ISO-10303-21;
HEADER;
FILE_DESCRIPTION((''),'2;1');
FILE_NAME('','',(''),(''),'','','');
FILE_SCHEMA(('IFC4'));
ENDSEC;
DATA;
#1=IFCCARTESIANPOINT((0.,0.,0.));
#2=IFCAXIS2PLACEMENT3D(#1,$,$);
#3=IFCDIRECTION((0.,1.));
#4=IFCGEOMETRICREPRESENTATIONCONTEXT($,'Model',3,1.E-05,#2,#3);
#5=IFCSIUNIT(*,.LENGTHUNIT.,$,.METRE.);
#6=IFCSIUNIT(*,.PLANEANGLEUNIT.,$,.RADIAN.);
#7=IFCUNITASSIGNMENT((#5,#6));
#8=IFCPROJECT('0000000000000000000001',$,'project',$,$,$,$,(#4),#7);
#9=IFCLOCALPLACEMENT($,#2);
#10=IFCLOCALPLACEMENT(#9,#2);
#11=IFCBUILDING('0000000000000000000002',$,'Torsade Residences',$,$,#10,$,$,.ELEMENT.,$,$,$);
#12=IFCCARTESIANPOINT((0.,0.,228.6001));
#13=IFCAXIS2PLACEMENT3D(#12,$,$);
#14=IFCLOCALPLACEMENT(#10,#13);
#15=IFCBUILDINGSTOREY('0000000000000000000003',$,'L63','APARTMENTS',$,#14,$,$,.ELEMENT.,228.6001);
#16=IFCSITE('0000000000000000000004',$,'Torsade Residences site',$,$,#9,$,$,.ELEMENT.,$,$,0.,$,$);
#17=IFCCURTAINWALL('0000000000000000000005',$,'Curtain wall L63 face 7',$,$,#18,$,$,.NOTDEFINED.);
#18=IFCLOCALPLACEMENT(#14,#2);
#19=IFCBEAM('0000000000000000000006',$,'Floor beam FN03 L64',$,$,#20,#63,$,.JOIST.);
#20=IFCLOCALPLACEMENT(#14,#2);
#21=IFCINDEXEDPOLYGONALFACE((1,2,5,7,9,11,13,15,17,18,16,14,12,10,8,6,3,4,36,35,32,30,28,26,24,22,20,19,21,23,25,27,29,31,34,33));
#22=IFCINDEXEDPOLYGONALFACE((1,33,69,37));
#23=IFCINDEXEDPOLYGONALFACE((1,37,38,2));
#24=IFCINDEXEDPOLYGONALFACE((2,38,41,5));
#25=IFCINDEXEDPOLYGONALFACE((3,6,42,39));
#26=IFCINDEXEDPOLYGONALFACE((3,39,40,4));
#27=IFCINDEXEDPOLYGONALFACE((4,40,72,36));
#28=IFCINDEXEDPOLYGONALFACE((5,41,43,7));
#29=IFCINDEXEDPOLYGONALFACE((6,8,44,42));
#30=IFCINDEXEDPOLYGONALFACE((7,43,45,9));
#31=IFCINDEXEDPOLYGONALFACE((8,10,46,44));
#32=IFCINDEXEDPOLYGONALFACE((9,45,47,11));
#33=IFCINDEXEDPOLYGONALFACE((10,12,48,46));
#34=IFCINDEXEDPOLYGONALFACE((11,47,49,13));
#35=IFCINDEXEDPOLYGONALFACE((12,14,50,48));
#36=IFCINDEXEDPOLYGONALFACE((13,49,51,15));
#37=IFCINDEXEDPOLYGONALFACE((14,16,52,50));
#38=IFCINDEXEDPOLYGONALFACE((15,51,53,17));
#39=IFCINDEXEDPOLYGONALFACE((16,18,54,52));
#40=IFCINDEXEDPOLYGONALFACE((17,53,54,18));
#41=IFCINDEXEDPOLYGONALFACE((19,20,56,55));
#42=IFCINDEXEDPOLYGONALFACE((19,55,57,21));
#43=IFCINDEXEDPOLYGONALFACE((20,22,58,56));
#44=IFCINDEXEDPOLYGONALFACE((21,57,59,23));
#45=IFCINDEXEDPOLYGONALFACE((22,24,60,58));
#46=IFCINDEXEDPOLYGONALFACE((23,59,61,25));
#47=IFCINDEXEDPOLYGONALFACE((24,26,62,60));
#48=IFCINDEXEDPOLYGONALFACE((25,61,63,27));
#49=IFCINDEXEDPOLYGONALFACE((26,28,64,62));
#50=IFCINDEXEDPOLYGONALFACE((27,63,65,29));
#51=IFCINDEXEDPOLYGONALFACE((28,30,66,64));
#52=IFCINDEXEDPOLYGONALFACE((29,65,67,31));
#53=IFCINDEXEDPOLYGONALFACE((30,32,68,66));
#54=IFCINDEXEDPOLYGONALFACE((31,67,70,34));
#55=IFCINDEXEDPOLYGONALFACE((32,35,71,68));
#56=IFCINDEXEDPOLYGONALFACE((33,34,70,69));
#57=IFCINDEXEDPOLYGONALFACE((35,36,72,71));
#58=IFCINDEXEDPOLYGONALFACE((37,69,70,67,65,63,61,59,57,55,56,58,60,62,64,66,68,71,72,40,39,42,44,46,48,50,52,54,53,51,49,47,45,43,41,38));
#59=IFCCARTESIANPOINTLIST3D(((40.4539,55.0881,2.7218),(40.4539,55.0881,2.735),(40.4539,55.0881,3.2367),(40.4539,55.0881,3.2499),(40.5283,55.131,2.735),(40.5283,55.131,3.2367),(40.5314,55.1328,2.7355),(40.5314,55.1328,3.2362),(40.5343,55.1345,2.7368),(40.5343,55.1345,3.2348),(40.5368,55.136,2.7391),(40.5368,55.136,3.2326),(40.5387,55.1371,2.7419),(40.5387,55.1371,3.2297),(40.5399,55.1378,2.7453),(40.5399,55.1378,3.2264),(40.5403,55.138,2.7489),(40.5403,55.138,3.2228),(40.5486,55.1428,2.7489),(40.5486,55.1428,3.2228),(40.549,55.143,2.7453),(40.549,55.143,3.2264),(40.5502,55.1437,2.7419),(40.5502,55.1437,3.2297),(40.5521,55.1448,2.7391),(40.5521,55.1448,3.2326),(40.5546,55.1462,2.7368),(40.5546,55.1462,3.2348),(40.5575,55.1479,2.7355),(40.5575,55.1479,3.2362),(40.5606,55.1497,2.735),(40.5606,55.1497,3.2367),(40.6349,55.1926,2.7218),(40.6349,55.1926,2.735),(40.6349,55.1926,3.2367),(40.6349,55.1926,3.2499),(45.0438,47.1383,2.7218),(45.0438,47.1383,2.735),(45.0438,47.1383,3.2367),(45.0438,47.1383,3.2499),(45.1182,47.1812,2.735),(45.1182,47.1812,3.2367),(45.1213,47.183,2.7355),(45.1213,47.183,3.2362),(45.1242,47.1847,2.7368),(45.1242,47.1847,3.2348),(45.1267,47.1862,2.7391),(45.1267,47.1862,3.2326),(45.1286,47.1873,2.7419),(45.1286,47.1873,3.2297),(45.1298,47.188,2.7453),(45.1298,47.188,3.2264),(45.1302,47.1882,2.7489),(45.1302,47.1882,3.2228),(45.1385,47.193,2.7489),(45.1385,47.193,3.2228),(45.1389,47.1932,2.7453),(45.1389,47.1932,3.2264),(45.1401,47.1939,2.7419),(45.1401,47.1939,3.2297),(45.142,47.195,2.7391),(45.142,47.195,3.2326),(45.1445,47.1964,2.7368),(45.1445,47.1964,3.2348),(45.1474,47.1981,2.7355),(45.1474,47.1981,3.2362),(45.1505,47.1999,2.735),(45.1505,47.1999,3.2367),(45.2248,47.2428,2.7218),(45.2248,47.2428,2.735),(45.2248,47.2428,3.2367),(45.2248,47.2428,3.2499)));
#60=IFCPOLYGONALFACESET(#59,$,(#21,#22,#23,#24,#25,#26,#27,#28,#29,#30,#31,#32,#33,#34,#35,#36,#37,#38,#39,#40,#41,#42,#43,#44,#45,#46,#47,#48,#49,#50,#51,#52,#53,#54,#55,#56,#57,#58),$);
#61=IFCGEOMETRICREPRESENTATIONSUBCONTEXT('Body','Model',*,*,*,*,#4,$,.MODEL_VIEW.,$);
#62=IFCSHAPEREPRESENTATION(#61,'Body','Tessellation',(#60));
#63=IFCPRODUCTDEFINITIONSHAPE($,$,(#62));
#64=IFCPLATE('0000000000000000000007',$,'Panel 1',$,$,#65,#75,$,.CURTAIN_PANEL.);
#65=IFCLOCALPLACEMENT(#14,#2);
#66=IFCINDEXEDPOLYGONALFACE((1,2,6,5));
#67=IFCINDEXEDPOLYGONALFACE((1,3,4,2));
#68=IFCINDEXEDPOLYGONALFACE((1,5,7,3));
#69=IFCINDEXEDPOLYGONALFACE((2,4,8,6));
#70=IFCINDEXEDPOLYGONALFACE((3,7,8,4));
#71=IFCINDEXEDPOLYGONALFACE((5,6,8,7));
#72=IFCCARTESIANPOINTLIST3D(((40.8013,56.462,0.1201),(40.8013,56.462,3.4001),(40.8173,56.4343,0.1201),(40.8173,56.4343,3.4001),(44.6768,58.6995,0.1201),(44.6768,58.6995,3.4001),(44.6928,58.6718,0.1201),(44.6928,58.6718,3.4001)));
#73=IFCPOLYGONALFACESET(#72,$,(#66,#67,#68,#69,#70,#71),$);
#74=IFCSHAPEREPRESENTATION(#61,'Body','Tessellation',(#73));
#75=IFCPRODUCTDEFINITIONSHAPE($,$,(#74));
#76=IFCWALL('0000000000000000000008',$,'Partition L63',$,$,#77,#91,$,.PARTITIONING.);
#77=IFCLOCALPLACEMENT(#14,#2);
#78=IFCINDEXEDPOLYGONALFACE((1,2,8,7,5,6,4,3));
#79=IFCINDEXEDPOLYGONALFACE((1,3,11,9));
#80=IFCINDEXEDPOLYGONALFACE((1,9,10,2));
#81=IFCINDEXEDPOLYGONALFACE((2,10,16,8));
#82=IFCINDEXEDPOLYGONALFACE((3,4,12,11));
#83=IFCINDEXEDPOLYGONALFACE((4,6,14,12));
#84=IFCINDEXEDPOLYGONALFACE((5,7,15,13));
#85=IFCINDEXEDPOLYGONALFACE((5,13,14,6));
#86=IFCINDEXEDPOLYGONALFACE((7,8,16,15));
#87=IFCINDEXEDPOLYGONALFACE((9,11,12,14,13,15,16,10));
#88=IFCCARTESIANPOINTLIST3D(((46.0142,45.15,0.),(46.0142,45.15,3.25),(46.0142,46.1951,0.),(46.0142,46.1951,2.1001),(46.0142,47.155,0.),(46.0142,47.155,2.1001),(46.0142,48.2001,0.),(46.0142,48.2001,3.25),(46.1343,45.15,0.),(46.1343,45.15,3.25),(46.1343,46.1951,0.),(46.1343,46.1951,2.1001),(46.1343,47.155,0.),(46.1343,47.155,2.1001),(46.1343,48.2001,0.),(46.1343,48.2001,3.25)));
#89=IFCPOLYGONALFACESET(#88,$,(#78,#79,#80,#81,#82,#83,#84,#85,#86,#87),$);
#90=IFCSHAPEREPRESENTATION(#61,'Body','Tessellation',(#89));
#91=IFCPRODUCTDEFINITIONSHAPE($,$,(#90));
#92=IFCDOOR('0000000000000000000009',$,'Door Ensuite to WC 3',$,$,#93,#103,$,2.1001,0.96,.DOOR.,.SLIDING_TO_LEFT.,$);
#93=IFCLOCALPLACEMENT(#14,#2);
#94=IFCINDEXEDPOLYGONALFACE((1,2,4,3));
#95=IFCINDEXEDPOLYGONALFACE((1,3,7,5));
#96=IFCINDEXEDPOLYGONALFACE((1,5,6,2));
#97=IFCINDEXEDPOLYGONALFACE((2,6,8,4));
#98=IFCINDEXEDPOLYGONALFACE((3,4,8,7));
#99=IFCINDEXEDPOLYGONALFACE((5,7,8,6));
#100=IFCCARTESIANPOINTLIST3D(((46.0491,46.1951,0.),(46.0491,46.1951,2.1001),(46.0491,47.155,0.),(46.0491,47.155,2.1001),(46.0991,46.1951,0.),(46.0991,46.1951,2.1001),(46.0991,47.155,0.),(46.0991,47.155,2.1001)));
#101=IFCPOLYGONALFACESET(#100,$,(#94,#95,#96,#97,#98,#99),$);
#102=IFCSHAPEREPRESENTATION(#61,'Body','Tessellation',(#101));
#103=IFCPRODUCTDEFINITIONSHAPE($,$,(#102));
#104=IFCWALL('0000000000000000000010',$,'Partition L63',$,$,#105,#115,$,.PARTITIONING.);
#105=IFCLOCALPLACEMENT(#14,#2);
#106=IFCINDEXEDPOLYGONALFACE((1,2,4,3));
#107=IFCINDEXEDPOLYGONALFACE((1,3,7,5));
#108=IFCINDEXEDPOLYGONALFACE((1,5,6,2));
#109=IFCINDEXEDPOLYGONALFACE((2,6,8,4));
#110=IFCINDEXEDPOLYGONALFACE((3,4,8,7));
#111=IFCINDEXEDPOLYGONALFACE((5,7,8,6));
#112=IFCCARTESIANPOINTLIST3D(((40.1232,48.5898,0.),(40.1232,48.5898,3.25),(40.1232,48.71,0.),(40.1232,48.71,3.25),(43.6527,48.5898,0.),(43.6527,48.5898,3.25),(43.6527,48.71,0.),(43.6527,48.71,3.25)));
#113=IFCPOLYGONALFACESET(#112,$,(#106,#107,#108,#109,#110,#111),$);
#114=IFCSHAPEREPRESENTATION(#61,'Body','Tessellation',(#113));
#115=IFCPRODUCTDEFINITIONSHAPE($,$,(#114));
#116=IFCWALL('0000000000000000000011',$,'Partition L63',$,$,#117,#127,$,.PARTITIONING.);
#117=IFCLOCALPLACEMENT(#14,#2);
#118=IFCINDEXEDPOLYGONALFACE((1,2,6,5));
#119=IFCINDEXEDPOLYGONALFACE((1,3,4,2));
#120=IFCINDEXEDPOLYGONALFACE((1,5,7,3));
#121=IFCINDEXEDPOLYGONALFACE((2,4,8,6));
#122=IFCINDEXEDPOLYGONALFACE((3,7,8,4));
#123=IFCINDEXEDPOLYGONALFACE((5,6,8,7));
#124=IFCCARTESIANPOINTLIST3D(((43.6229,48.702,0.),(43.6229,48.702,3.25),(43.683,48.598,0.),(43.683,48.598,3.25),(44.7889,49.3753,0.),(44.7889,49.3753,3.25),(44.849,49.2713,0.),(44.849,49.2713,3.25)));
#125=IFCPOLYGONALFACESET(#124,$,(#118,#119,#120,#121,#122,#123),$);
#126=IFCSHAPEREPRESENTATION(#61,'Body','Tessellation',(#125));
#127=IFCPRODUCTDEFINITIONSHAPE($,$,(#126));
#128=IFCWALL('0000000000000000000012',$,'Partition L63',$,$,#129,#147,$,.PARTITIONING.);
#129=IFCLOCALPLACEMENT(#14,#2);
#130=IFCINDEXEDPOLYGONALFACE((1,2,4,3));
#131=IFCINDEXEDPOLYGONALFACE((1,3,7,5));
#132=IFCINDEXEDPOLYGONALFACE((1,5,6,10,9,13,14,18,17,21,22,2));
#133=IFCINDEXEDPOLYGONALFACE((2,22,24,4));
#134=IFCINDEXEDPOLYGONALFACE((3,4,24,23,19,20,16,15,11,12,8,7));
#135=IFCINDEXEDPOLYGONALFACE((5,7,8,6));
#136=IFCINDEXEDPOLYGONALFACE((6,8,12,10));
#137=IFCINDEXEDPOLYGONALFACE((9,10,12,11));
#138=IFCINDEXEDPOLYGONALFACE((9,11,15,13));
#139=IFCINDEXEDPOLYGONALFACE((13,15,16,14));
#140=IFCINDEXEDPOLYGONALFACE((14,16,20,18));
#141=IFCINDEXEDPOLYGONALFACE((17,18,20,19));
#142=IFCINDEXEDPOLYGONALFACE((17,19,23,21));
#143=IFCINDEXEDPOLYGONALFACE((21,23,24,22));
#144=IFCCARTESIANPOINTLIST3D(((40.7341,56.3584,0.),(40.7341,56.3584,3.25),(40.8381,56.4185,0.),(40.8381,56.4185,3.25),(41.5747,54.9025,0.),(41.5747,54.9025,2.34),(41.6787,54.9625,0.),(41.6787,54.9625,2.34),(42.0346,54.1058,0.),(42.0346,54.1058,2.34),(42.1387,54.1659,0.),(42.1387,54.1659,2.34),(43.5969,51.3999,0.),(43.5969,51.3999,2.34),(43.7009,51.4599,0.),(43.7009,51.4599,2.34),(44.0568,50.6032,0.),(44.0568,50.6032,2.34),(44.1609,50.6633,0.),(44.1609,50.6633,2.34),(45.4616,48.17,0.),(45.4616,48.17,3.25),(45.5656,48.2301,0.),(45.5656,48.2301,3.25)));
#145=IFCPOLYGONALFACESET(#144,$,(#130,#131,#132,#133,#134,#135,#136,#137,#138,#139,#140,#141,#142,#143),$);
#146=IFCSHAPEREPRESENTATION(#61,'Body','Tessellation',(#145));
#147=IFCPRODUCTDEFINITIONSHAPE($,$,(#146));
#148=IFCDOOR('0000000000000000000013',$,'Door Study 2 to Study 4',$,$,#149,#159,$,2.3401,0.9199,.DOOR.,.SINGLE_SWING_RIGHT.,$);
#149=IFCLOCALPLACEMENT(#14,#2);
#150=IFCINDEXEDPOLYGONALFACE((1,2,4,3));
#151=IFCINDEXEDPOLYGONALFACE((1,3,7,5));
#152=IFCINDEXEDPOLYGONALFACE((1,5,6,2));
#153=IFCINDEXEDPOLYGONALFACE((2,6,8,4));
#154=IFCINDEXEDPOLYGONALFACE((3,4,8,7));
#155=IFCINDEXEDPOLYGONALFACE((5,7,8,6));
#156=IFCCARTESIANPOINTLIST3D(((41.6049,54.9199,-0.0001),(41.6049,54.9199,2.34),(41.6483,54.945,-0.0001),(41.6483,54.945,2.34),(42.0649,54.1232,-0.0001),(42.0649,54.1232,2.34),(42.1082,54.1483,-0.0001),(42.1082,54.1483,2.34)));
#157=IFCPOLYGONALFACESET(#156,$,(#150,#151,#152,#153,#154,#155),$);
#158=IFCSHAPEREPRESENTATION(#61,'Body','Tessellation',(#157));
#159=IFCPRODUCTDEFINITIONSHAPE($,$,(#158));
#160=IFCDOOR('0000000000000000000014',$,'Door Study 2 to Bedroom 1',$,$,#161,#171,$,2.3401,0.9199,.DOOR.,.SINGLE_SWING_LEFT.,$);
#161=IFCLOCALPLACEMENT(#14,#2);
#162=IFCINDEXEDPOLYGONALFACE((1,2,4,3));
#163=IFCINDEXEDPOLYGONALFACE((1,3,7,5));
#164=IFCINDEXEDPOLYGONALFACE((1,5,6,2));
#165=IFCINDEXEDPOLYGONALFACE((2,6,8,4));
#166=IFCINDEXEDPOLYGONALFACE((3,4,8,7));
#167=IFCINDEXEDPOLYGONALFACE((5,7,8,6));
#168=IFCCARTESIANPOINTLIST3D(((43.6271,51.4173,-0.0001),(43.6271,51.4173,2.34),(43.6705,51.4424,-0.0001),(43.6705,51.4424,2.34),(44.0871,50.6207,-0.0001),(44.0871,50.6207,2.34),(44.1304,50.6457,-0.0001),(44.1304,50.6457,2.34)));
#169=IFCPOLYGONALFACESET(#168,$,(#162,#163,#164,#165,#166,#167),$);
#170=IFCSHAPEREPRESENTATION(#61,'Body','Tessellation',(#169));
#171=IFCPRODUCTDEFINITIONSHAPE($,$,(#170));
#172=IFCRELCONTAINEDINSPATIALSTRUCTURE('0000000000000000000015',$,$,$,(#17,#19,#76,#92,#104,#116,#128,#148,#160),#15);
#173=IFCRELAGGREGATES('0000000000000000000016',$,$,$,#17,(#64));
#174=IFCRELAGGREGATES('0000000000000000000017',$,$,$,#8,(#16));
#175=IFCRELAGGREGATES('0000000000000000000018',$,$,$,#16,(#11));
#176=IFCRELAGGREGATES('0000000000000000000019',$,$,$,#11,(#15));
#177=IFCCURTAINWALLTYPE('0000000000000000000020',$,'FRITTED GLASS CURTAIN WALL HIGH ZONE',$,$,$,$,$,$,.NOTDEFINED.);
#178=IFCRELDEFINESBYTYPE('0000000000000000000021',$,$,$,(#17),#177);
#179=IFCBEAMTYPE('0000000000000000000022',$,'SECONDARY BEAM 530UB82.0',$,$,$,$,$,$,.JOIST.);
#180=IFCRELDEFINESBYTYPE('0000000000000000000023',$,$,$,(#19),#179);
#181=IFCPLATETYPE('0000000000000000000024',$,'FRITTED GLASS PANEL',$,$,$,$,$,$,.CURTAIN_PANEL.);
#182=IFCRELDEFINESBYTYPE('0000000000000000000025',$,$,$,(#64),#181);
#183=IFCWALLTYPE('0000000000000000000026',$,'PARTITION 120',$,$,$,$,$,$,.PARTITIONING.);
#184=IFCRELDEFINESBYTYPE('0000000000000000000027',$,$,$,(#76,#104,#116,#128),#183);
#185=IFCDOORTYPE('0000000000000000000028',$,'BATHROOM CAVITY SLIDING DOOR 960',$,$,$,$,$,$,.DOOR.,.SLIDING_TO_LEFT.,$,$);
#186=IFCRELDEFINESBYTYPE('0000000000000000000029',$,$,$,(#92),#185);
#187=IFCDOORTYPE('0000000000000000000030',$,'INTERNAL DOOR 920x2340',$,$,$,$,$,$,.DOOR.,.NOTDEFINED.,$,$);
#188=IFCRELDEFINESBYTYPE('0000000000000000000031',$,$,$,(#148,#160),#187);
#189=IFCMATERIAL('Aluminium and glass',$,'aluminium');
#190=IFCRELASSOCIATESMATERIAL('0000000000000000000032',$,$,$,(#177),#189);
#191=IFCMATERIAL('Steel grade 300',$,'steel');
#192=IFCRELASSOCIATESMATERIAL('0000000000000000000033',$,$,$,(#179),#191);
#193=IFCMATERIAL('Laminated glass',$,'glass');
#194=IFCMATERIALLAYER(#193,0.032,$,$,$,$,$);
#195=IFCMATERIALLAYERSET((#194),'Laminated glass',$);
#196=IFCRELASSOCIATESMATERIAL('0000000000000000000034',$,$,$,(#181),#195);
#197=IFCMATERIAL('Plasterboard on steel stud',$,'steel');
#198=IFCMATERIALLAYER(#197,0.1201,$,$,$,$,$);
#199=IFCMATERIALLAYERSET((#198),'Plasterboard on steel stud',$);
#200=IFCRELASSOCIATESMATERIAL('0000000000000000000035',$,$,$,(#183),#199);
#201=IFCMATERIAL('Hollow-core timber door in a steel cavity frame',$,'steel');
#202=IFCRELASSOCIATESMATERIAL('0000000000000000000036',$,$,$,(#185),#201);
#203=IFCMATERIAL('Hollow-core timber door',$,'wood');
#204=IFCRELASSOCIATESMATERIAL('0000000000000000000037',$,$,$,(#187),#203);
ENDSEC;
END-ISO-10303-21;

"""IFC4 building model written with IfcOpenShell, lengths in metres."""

from ifc_helpers import new_model, si_unit, direction, frame, frame_2d, origin, origin_2d, place, context, subcontext, project, spatial, rectangle, i_section, extrude, material, layer, layer_set, material_profile, profile_set, type_object, element, fill, aggregate, save


model = new_model("IFC4")

# Units and contexts
model_context = context("Model", 3, precision=1e-05, world=origin(), true_north=direction((0.0, 1.0)))
body_context = subcontext(model_context, "Body", "Model", "MODEL_VIEW")
ifc_project = project(units=[si_unit("LENGTHUNIT", "METRE"), si_unit("PLANEANGLEUNIT", "RADIAN")], contexts=[model_context])

# Site, building, storey
site_placement = place(None, origin())
site = spatial("IfcSite", under=ifc_project, at=site_placement, Name="Torsade Residences site", CompositionType="ELEMENT", RefElevation=0.0)
building_placement = place(site_placement, origin())
building = spatial("IfcBuilding", under=site, at=building_placement, Name="Torsade Residences", CompositionType="ELEMENT")
storey_placement = place(building_placement, frame((0.0, 0.0, 228.6001)))
storey = spatial("IfcBuildingStorey", under=building, at=storey_placement, Name="L63", Description="APARTMENTS", CompositionType="ELEMENT", Elevation=228.6001)

# Curtain wall
ifc_material_1 = material(Name="Aluminium and glass", Category="aluminium")
curtain_wall_type = type_object("IfcCurtainWallType", Name="FRITTED GLASS CURTAIN WALL HIGH ZONE", PredefinedType="NOTDEFINED", material=ifc_material_1)
curtain_wall_placement = place(storey_placement, origin())
curtain_wall = element("IfcCurtainWall", 1, at=curtain_wall_placement, inside=storey, type_object=curtain_wall_type, Name="Curtain wall L63 face 7", PredefinedType="NOTDEFINED")

# Beam
ifc_material_2 = material(Name="Steel grade 300", Category="steel")
ifc_material_profile_1 = material_profile(ifc_material_2, i_section(OverallWidth=0.209, OverallDepth=0.5281, WebThickness=0.0095, FlangeThickness=0.0132, FilletRadius=0.0139, at=origin_2d()), Name="530UB82.0")
ifc_profile_set_1 = profile_set([ifc_material_profile_1], Name="Steel grade 300")
beam_type_1 = type_object("IfcBeamType", Name="SECONDARY BEAM 530UB82.0", PredefinedType="JOIST", material=ifc_profile_set_1)
beam_1_placement = place(storey_placement, frame((40.5444, 55.1404, 2.9858), z_axis=(0.500006, -0.866022, 0.0), x_axis=(0.866022, 0.500006, 0.0)))
element("IfcBeam", 2, at=beam_1_placement, inside=storey, type_object=beam_type_1, Name="Floor beam FN03 L64", PredefinedType="JOIST", context=body_context, shape_type="SweptSolid", body=[
    extrude(i_section(OverallWidth=0.209, OverallDepth=0.5281, WebThickness=0.0095, FlangeThickness=0.0132, FilletRadius=0.0139, at=origin_2d()), origin(), (0.0, 0.0, 1.0), 9.1797),
])

# Plate
ifc_material_3 = material(Name="Laminated glass", Category="glass")
ifc_layer_1 = layer(ifc_material_3, 0.032)
ifc_layer_set_1 = layer_set([ifc_layer_1], Name="Laminated glass")
plate_type = type_object("IfcPlateType", Name="FRITTED GLASS PANEL", PredefinedType="CURTAIN_PANEL", material=ifc_layer_set_1)
plate_placement = place(storey_placement, frame((42.7471, 57.5669, 0.1201), z_axis=(0.0, 0.0, 1.0), x_axis=(-0.866025, -0.5, 0.0)))
plate = element("IfcPlate", 3, at=plate_placement, type_object=plate_type, Name="Panel 1", PredefinedType="CURTAIN_PANEL", context=body_context, shape_type="SweptSolid", body=[
    extrude(rectangle(XDim=4.4751, YDim=0.032, at=origin_2d()), origin(), (0.0, 0.0, 1.0), 3.28),
])
aggregate(curtain_wall, [plate])

# Wall, opening, door
ifc_material_4 = material(Name="Plasterboard on steel stud", Category="steel")
ifc_layer_2 = layer(ifc_material_4, 0.1201)
ifc_layer_set_2 = layer_set([ifc_layer_2], Name="Plasterboard on steel stud")
wall_type_1 = type_object("IfcWallType", Name="PARTITION 120", PredefinedType="PARTITIONING", material=ifc_layer_set_2)
wall_1_placement = place(storey_placement, frame((46.0742, 48.2, 0.0), z_axis=(0.0, 0.0, 1.0), x_axis=(0.0, -1.0, 0.0)))
wall_1 = element("IfcWall", 4, at=wall_1_placement, inside=storey, type_object=wall_type_1, Name="Partition L63", PredefinedType="PARTITIONING", context=body_context, shape_type="SweptSolid", body=[
    extrude(rectangle(XDim=3.05, YDim=0.1201, at=frame_2d((1.5249, 0.0))), origin(), (0.0, 0.0, 1.0), 3.25),
])
opening_1_placement = place(wall_1_placement, frame((1.0449, 0.0, 0.0)))
opening_1 = element("IfcOpeningElement", 5, at=opening_1_placement, cuts=wall_1, PredefinedType="OPENING", context=body_context, shape_type="SweptSolid", body=[
    extrude(rectangle(XDim=0.96, YDim=2.1001, at=frame_2d((0.48, 1.05))), frame((0.0, 0.0701, 0.0), z_axis=(0.0, -1.0, 0.0), x_axis=(1.0, 0.0, 0.0)), (0.0, 0.0, 1.0), 0.1401),
])
ifc_material_5 = material(Name="Hollow-core timber door in a steel cavity frame", Category="steel")
door_type_1 = type_object("IfcDoorType", Name="BATHROOM CAVITY SLIDING DOOR 960", OperationType="SLIDING_TO_LEFT", PredefinedType="DOOR", material=ifc_material_5)
door_1_placement = place(opening_1_placement, origin())
door_1 = element("IfcDoor", 6, at=door_1_placement, inside=storey, type_object=door_type_1, Name="Door Ensuite to WC 3", OperationType="SLIDING_TO_LEFT", OverallHeight=2.1001, OverallWidth=0.96, PredefinedType="DOOR", context=body_context, shape_type="SweptSolid", body=[
    extrude(rectangle(XDim=0.96, YDim=2.1001, at=frame_2d((0.48, 1.05))), frame((0.0, 0.0249, 0.0), z_axis=(0.0, -1.0, 0.0), x_axis=(1.0, 0.0, 0.0)), (0.0, 0.0, 1.0), 0.05),
])
fill(opening_1, door_1)

# Walls
wall_2_placement = place(storey_placement, frame((40.1233, 48.6499, 0.0), z_axis=(0.0, 0.0, 1.0), x_axis=(1.0, 0.0, 0.0)))
element("IfcWall", 7, at=wall_2_placement, inside=storey, type_object=wall_type_1, Name="Partition L63", PredefinedType="PARTITIONING", context=body_context, shape_type="SweptSolid", body=[
    extrude(rectangle(XDim=3.5295, YDim=0.1201, at=frame_2d((1.7646, 0.0))), origin(), (0.0, 0.0, 1.0), 3.25),
])
wall_3_placement = place(storey_placement, frame((43.6528, 48.6499, 0.0), z_axis=(0.0, 0.0, 1.0), x_axis=(0.86598, 0.500078, 0.0)))
element("IfcWall", 8, at=wall_3_placement, inside=storey, type_object=wall_type_1, Name="Partition L63", PredefinedType="PARTITIONING", context=body_context, shape_type="SweptSolid", body=[
    extrude(rectangle(XDim=1.3464, YDim=0.1201, at=frame_2d((0.6733, 0.0))), origin(), (0.0, 0.0, 1.0), 3.25),
])

# Wall, openings, doors
wall_4_placement = place(storey_placement, frame((40.7861, 56.3884, 0.0), z_axis=(0.0, 0.0, 1.0), x_axis=(0.499994, -0.866029, 0.0)))
wall_4 = element("IfcWall", 9, at=wall_4_placement, inside=storey, type_object=wall_type_1, Name="Partition L63", PredefinedType="PARTITIONING", context=body_context, shape_type="SweptSolid", body=[
    extrude(rectangle(XDim=9.4551, YDim=0.1201, at=frame_2d((4.7275, 0.0))), origin(), (0.0, 0.0, 1.0), 3.25),
])
opening_2_placement = place(wall_4_placement, frame((1.6812, 0.0, 0.0)))
opening_2 = element("IfcOpeningElement", 10, at=opening_2_placement, cuts=wall_4, PredefinedType="OPENING", context=body_context, shape_type="SweptSolid", body=[
    extrude(rectangle(XDim=0.9199, YDim=2.3401, at=frame_2d((0.46, 1.1699))), frame((0.0, 0.0701, 0.0), z_axis=(0.0, -1.0, 0.0), x_axis=(1.0, 0.0, 0.0)), (0.0, 0.0, 1.0), 0.1401),
])
opening_3_placement = place(wall_4_placement, frame((5.7256, 0.0, 0.0)))
opening_3 = element("IfcOpeningElement", 11, at=opening_3_placement, cuts=wall_4, PredefinedType="OPENING", context=body_context, shape_type="SweptSolid", body=[
    extrude(rectangle(XDim=0.9199, YDim=2.3401, at=frame_2d((0.46, 1.1699))), frame((0.0, 0.0701, 0.0), z_axis=(0.0, -1.0, 0.0), x_axis=(1.0, 0.0, 0.0)), (0.0, 0.0, 1.0), 0.1401),
])
ifc_material_6 = material(Name="Hollow-core timber door", Category="wood")
door_type_2 = type_object("IfcDoorType", Name="INTERNAL DOOR 920x2340", OperationType="NOTDEFINED", PredefinedType="DOOR", material=ifc_material_6)
door_2_placement = place(opening_2_placement, origin())
door_2 = element("IfcDoor", 12, at=door_2_placement, inside=storey, type_object=door_type_2, Name="Door Study 2 to Study 4", OperationType="SINGLE_SWING_RIGHT", OverallHeight=2.3401, OverallWidth=0.9199, PredefinedType="DOOR", context=body_context, shape_type="SweptSolid", body=[
    extrude(rectangle(XDim=0.9199, YDim=2.3401, at=frame_2d((0.46, 1.1699))), frame((0.0, 0.0249, 0.0), z_axis=(0.0, -1.0, 0.0), x_axis=(1.0, 0.0, 0.0)), (0.0, 0.0, 1.0), 0.05),
])
fill(opening_2, door_2)
door_3_placement = place(opening_3_placement, origin())
door_3 = element("IfcDoor", 13, at=door_3_placement, inside=storey, type_object=door_type_2, Name="Door Study 2 to Bedroom 1", OperationType="SINGLE_SWING_LEFT", OverallHeight=2.3401, OverallWidth=0.9199, PredefinedType="DOOR", context=body_context, shape_type="SweptSolid", body=[
    extrude(rectangle(XDim=0.9199, YDim=2.3401, at=frame_2d((0.46, 1.1699))), frame((0.0, 0.0249, 0.0), z_axis=(0.0, -1.0, 0.0), x_axis=(1.0, 0.0, 0.0)), (0.0, 0.0, 1.0), 0.05),
])
fill(opening_3, door_3)

save(model, "model.ifc")
